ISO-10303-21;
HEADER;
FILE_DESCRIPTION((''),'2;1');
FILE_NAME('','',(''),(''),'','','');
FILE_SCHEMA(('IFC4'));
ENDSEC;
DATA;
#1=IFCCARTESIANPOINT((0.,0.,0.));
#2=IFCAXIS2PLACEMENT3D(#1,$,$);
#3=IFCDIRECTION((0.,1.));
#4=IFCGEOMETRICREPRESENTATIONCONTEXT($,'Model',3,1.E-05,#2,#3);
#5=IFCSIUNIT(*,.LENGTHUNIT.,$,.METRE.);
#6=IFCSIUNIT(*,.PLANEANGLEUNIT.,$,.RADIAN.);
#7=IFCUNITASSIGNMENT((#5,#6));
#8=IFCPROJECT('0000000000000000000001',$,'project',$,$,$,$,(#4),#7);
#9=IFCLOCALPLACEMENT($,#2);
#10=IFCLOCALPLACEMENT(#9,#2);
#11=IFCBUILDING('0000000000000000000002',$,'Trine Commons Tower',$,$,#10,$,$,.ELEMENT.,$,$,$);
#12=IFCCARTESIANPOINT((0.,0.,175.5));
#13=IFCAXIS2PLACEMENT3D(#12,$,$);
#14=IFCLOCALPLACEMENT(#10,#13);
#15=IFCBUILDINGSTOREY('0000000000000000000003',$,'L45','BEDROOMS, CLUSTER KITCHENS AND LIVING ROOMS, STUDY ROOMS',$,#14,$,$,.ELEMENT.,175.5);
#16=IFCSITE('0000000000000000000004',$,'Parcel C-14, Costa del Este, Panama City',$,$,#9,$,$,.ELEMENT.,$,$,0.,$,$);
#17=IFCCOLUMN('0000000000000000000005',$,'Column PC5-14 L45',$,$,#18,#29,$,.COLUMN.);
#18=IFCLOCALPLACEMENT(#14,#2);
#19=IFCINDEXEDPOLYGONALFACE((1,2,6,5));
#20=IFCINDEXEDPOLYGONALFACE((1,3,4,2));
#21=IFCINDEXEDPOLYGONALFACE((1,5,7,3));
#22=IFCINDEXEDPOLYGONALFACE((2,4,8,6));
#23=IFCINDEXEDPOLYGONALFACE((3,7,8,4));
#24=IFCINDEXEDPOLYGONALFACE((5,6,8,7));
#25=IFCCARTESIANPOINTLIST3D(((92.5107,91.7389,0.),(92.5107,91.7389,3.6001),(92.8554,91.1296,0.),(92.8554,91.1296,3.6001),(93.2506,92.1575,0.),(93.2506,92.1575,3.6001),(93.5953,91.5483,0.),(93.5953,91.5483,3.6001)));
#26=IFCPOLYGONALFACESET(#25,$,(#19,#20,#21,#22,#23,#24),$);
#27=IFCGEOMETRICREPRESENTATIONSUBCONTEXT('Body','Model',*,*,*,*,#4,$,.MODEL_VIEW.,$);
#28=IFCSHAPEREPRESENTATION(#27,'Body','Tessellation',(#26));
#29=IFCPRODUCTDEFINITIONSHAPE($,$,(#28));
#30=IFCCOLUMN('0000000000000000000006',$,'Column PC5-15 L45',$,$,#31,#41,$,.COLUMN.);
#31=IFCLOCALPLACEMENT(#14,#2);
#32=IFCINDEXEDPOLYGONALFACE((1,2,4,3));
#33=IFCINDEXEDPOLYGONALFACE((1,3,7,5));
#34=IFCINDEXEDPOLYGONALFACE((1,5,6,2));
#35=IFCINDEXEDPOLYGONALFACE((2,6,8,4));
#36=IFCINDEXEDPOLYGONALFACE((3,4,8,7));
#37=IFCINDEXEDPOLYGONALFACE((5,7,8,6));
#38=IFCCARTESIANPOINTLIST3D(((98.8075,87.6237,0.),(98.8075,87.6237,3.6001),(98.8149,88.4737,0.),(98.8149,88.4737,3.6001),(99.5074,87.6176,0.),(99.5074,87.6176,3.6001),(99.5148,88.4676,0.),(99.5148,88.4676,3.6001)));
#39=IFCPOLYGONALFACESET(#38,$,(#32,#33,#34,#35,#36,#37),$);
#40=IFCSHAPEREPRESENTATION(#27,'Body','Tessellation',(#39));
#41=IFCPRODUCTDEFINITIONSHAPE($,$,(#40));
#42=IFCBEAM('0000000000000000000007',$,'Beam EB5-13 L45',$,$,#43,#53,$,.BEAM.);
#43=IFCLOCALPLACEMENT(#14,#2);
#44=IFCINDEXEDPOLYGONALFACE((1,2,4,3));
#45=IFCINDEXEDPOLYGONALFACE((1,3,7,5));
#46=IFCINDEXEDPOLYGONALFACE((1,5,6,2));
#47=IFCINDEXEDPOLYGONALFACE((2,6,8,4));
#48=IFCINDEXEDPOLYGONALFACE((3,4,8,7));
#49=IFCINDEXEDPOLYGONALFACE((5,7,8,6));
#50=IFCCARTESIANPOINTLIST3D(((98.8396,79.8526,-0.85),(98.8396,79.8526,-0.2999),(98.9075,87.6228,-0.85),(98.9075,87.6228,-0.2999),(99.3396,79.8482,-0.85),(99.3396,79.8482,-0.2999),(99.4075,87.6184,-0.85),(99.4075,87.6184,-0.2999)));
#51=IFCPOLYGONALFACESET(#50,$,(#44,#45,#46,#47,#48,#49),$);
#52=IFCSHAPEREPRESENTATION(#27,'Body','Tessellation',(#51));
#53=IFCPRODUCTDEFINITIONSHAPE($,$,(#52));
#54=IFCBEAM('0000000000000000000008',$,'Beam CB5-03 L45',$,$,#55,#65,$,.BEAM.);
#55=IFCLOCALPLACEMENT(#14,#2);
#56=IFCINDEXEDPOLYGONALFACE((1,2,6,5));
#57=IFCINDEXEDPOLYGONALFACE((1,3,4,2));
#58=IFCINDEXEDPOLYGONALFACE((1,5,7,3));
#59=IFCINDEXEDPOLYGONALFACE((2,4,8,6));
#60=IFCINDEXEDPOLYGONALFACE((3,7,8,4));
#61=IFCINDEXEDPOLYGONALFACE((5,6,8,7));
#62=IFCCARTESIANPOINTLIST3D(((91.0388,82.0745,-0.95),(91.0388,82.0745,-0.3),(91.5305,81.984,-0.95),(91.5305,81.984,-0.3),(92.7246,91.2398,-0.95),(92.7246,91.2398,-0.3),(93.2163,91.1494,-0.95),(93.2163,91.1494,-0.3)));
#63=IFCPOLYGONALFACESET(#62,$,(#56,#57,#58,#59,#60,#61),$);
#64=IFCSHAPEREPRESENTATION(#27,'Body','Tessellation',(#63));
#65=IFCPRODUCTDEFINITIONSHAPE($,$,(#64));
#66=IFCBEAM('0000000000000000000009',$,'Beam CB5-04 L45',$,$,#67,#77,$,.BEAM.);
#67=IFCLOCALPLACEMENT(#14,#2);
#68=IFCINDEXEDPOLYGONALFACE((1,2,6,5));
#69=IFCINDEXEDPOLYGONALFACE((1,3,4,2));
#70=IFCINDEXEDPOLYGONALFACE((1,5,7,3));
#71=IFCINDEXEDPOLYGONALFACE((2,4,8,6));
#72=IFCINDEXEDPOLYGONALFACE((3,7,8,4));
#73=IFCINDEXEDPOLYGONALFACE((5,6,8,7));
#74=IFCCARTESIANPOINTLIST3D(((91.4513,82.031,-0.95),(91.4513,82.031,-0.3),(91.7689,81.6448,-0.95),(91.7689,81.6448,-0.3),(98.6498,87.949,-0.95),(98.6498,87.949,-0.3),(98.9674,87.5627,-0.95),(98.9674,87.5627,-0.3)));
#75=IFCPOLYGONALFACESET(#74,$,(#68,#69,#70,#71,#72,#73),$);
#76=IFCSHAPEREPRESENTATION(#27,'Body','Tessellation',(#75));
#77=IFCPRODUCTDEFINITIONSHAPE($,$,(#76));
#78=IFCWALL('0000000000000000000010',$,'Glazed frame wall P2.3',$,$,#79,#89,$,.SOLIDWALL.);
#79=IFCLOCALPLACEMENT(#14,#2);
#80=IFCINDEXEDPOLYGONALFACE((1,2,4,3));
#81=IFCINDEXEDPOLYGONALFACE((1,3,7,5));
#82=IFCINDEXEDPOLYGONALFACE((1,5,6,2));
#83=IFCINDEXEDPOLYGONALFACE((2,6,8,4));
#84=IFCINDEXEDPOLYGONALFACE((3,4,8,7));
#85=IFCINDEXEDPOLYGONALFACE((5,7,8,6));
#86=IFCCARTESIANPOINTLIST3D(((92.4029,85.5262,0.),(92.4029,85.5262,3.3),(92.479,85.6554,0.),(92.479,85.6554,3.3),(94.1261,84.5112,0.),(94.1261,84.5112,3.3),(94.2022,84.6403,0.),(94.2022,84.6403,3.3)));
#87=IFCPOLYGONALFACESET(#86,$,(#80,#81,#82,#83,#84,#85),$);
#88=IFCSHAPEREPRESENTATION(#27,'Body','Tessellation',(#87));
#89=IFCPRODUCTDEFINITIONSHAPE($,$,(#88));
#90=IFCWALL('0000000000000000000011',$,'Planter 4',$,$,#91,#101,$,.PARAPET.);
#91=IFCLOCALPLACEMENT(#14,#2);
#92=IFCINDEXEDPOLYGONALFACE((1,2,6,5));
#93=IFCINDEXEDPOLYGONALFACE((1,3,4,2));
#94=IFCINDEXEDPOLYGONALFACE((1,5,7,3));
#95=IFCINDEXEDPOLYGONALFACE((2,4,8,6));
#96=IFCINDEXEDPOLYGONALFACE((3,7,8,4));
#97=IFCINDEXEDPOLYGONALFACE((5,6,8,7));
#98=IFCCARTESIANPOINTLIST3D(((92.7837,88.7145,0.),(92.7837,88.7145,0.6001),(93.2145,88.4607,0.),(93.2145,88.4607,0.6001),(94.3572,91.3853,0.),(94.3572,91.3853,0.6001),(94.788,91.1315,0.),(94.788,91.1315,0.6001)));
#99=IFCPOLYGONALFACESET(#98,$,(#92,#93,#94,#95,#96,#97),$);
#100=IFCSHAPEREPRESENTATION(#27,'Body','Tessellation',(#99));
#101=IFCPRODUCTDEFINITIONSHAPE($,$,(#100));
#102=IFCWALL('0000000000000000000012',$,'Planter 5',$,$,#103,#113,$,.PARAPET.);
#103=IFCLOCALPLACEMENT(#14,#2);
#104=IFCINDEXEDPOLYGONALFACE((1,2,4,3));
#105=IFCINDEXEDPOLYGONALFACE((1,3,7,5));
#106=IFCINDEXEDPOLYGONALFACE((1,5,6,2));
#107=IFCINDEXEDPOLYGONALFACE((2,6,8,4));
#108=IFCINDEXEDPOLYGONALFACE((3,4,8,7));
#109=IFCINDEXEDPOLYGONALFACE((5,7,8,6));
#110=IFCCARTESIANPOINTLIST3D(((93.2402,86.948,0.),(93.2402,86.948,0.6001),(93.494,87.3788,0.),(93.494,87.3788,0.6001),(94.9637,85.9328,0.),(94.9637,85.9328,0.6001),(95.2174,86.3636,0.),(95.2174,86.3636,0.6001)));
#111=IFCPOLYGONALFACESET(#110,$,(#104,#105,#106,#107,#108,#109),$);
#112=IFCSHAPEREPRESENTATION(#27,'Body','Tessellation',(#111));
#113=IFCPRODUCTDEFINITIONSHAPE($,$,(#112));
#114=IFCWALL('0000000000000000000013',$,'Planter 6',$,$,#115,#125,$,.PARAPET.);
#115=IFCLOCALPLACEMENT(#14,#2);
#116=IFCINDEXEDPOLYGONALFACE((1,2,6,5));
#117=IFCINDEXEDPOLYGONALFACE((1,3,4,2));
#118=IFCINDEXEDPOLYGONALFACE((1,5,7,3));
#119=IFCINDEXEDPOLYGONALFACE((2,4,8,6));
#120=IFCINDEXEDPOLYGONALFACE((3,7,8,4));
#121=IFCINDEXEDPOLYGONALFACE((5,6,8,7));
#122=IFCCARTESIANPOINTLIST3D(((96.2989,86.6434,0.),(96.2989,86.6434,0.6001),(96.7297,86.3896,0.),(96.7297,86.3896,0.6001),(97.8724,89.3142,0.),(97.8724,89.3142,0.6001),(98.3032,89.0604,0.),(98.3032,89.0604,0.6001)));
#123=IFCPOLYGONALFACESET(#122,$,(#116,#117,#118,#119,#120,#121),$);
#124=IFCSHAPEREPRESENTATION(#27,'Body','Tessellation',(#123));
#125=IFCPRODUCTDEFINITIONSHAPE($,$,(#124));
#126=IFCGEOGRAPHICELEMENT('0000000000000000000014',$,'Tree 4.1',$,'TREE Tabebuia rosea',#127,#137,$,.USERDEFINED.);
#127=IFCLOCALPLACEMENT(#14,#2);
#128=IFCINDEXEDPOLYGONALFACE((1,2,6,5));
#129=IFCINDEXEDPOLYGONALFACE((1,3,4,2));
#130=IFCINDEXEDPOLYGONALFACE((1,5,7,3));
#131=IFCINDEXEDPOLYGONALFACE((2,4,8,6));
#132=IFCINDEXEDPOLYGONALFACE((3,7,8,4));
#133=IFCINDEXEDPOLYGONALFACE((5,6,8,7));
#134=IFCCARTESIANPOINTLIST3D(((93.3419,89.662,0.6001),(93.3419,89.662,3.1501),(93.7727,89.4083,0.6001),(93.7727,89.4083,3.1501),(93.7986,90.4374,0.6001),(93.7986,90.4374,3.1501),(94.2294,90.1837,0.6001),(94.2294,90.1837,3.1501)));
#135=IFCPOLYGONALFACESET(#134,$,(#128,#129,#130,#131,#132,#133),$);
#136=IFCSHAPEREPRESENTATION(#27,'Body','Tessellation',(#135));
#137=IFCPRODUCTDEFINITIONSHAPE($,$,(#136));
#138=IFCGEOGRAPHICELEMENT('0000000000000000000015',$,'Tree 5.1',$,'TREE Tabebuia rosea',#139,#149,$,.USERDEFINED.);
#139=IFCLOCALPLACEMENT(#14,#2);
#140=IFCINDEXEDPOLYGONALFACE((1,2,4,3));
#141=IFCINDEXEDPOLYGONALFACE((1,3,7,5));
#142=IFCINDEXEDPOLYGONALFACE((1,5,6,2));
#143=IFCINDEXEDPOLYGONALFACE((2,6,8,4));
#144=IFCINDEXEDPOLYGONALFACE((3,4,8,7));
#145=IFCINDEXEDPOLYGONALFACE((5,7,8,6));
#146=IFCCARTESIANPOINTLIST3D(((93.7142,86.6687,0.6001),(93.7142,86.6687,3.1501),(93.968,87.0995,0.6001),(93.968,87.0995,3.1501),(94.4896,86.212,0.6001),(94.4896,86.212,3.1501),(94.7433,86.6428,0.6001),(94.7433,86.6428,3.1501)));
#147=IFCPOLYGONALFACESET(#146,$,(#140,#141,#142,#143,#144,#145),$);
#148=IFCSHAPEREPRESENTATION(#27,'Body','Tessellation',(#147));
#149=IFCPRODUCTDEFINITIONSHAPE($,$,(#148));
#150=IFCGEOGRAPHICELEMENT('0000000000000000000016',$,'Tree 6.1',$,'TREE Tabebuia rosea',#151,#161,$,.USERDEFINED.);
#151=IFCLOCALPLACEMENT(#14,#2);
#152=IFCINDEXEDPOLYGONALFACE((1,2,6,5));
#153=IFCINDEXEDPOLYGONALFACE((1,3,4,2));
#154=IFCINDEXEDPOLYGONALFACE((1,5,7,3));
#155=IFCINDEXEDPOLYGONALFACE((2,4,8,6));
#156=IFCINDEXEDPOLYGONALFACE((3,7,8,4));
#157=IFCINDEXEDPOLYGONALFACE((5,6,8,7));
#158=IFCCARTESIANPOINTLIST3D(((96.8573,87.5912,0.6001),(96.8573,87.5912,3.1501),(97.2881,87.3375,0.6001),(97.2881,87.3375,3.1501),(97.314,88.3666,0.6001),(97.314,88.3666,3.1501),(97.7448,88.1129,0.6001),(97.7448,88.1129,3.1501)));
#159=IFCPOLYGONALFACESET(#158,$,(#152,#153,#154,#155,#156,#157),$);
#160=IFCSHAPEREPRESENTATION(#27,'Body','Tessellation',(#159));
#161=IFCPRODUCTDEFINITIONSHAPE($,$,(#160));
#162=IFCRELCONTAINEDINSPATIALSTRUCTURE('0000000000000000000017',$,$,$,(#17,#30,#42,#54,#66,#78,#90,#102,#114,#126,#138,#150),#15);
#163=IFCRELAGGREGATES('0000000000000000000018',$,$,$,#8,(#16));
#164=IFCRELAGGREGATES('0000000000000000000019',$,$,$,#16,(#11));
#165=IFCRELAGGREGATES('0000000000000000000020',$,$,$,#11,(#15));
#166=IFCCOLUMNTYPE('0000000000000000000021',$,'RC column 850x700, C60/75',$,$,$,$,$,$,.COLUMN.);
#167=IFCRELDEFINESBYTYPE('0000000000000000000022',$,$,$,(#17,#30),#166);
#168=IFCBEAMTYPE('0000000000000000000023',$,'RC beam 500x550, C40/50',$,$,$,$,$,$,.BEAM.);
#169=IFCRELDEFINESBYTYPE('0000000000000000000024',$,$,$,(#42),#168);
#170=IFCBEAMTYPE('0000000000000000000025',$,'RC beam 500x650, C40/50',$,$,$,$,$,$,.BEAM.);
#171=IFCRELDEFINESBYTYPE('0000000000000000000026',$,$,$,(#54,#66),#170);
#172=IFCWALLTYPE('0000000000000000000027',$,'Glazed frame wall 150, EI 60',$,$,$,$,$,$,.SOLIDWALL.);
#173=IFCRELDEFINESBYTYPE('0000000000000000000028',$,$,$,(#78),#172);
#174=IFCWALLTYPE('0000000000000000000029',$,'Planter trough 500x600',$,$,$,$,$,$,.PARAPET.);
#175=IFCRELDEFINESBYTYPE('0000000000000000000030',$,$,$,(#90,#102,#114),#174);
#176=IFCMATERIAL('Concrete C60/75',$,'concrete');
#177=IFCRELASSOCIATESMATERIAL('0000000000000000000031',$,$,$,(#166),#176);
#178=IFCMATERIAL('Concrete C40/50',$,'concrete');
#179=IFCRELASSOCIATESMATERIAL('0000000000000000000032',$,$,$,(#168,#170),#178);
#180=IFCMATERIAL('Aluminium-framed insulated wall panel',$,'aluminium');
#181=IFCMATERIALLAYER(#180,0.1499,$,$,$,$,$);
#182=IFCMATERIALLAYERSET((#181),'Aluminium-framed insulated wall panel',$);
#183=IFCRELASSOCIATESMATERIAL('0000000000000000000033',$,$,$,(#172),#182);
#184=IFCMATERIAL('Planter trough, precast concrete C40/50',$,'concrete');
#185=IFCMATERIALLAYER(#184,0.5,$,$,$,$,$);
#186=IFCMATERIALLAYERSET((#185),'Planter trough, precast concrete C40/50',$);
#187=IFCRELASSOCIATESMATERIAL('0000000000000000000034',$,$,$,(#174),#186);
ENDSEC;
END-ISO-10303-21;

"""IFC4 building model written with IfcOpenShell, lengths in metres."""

from ifc_helpers import new_model, si_unit, direction, frame, frame_2d, origin, origin_2d, place, context, subcontext, project, spatial, polyline, rectangle, outline, extrude, material, layer, layer_set, material_profile, profile_set, type_object, element, save


model = new_model("IFC4")

# Units and contexts
model_context = context("Model", 3, precision=1e-05, world=origin(), true_north=direction((0.0, 1.0)))
body_context = subcontext(model_context, "Body", "Model", "MODEL_VIEW")
ifc_project = project(units=[si_unit("LENGTHUNIT", "METRE"), si_unit("PLANEANGLEUNIT", "RADIAN")], contexts=[model_context])

# Site, building, storey
site_placement = place(None, origin())
site = spatial("IfcSite", under=ifc_project, at=site_placement, Name="Parcel C-14, Costa del Este, Panama City", CompositionType="ELEMENT", RefElevation=0.0)
building_placement = place(site_placement, origin())
building = spatial("IfcBuilding", under=site, at=building_placement, Name="Trine Commons Tower", CompositionType="ELEMENT")
storey_placement = place(building_placement, frame((0.0, 0.0, 175.5)))
storey = spatial("IfcBuildingStorey", under=building, at=storey_placement, Name="L45", Description="BEDROOMS, CLUSTER KITCHENS AND LIVING ROOMS, STUDY ROOMS", CompositionType="ELEMENT", Elevation=175.5)

# Columns
ifc_material_1 = material(Name="Concrete C60/75", Category="concrete")
ifc_material_profile_1 = material_profile(ifc_material_1, rectangle(XDim=0.8501, YDim=0.7, at=origin_2d()), Name="RC 850x700")
ifc_profile_set_1 = profile_set([ifc_material_profile_1], Name="Concrete C60/75")
column_type = type_object("IfcColumnType", Name="RC column 850x700, C60/75", PredefinedType="COLUMN", material=ifc_profile_set_1)
for number, where, z_axis, x_axis, name in (
    (1, (93.053, 91.6436, 0.0), (0.0, 0.0, 1.0), (0.870356, 0.492424, 0.0), "Column PC5-14 L45"),
    (2, (99.1611, 88.0457, 0.0), (0.0, 0.0, 1.0), (0.008727, 0.999962, 0.0), "Column PC5-15 L45"),
):
    element("IfcColumn", number, at=place(storey_placement, frame(where, z_axis=z_axis, x_axis=x_axis)), inside=storey, type_object=column_type, Name=name, PredefinedType="COLUMN", context=body_context, shape_type="SweptSolid", body=[
        extrude(rectangle(XDim=0.8501, YDim=0.7, at=origin_2d()), origin(), (0.0, 0.0, 1.0), 3.6001),
    ])

# Beams
ifc_material_2 = material(Name="Concrete C40/50", Category="concrete")
ifc_material_profile_2 = material_profile(ifc_material_2, rectangle(XDim=0.5, YDim=0.55, at=origin_2d()), Name="RC 500x550")
ifc_profile_set_2 = profile_set([ifc_material_profile_2], Name="Concrete C40/50")
beam_type_1 = type_object("IfcBeamType", Name="RC beam 500x550, C40/50", PredefinedType="BEAM", material=ifc_profile_set_2)
beam_1_placement = place(storey_placement, frame((99.1575, 87.6206, -0.575), z_axis=(-0.008734, -0.999962, 0.0), x_axis=(0.999962, -0.008734, 0.0)))
element("IfcBeam", 3, at=beam_1_placement, inside=storey, type_object=beam_type_1, Name="Beam EB5-13 L45", PredefinedType="BEAM", context=body_context, shape_type="SweptSolid", body=[
    extrude(rectangle(XDim=0.5, YDim=0.55, at=origin_2d()), origin(), (0.0, 0.0, 1.0), 7.7705),
])
ifc_material_profile_3 = material_profile(ifc_material_2, rectangle(XDim=0.5, YDim=0.6499, at=origin_2d()), Name="RC 500x650")
ifc_profile_set_3 = profile_set([ifc_material_profile_3], Name="Concrete C40/50")
beam_type_2 = type_object("IfcBeamType", Name="RC beam 500x650, C40/50", PredefinedType="BEAM", material=ifc_profile_set_3)
beam_2_placement = place(storey_placement, frame((92.9705, 91.1946, -0.625), z_axis=(-0.180898, -0.983502, 0.0), x_axis=(0.983502, -0.180898, 0.0)))
element("IfcBeam", 4, at=beam_2_placement, inside=storey, type_object=beam_type_2, Name="Beam CB5-03 L45", PredefinedType="BEAM", context=body_context, shape_type="SweptSolid", body=[
    extrude(rectangle(XDim=0.5, YDim=0.6499, at=origin_2d()), origin(), (0.0, 0.0, 1.0), 9.3191),
])
beam_3_placement = place(storey_placement, frame((98.8086, 87.7559, -0.625), z_axis=(-0.772467, -0.635055, 0.0), x_axis=(0.635055, -0.772467, 0.0)))
element("IfcBeam", 5, at=beam_3_placement, inside=storey, type_object=beam_type_2, Name="Beam CB5-04 L45", PredefinedType="BEAM", context=body_context, shape_type="SweptSolid", body=[
    extrude(rectangle(XDim=0.5, YDim=0.6499, at=origin_2d()), origin(), (0.0, 0.0, 1.0), 9.3188),
])

# Walls
ifc_material_3 = material(Name="Aluminium-framed insulated wall panel", Category="aluminium")
ifc_layer_1 = layer(ifc_material_3, 0.1499)
ifc_layer_set_1 = layer_set([ifc_layer_1], Name="Aluminium-framed insulated wall panel")
wall_type_1 = type_object("IfcWallType", Name="Glazed frame wall 150, EI 60", PredefinedType="SOLIDWALL", material=ifc_layer_set_1)
wall_1_placement = place(storey_placement, frame((92.4409, 85.5908, 0.0), z_axis=(0.0, 0.0, 1.0), x_axis=(0.861633, -0.507532, 0.0)))
element("IfcWall", 6, at=wall_1_placement, inside=storey, type_object=wall_type_1, Name="Glazed frame wall P2.3", PredefinedType="SOLIDWALL", context=body_context, shape_type="SweptSolid", body=[
    extrude(outline(polyline([(0.0, -0.075), (2.0, -0.075), (2.0, 0.075), (0.0, 0.075), (0.0, -0.075)])), origin(), (0.0, 0.0, 1.0), 3.3),
])
ifc_material_4 = material(Name="Planter trough, precast concrete C40/50", Category="concrete")
ifc_layer_2 = layer(ifc_material_4, 0.5)
ifc_layer_set_2 = layer_set([ifc_layer_2], Name="Planter trough, precast concrete C40/50")
wall_type_2 = type_object("IfcWallType", Name="Planter trough 500x600", PredefinedType="PARAPET", material=ifc_layer_set_2)
wall_2_placement = place(storey_placement, frame((94.5725, 91.2583, 0.0), z_axis=(0.0, 0.0, 1.0), x_axis=(-0.507588, -0.8616, 0.0)))
element("IfcWall", 7, at=wall_2_placement, inside=storey, type_object=wall_type_2, Name="Planter 4", PredefinedType="PARAPET", context=body_context, shape_type="SweptSolid", body=[
    extrude(rectangle(XDim=3.0999, YDim=0.5, at=frame_2d((1.5498, 0.0))), origin(), (0.0, 0.0, 1.0), 0.6001),
])
wall_3_placement = place(storey_placement, frame((93.3672, 87.1633, 0.0), z_axis=(0.0, 0.0, 1.0), x_axis=(0.861633, -0.507532, 0.0)))
element("IfcWall", 8, at=wall_3_placement, inside=storey, type_object=wall_type_2, Name="Planter 5", PredefinedType="PARAPET", context=body_context, shape_type="SweptSolid", body=[
    extrude(rectangle(XDim=2.0002, YDim=0.5, at=frame_2d((1.0, 0.0))), origin(), (0.0, 0.0, 1.0), 0.6001),
])
wall_4_placement = place(storey_placement, frame((96.5144, 86.5166, 0.0), z_axis=(0.0, 0.0, 1.0), x_axis=(0.507588, 0.8616, 0.0)))
element("IfcWall", 9, at=wall_4_placement, inside=storey, type_object=wall_type_2, Name="Planter 6", PredefinedType="PARAPET", context=body_context, shape_type="SweptSolid", body=[
    extrude(rectangle(XDim=3.0999, YDim=0.5, at=frame_2d((1.5498, 0.0))), origin(), (0.0, 0.0, 1.0), 0.6001),
])

# Geographic elements
for number, where, z_axis, x_axis, name in (
    (10, (93.7856, 89.9229, 0.6001), (0.0, 0.0, 1.0), (-0.50754, -0.861628, 0.0), "Tree 4.1"),
    (11, (94.2288, 86.6558, 0.6001), (0.0, 0.0, 1.0), (0.861628, -0.50754, 0.0), "Tree 5.1"),
    (12, (97.301, 87.8521, 0.6001), (0.0, 0.0, 1.0), (0.50754, 0.861628, 0.0), "Tree 6.1"),
):
    element("IfcGeographicElement", number, at=place(storey_placement, frame(where, z_axis=z_axis, x_axis=x_axis)), inside=storey, Name=name, ObjectType="TREE Tabebuia rosea", PredefinedType="USERDEFINED", context=body_context, shape_type="SweptSolid", body=[
        extrude(rectangle(XDim=0.8999, YDim=0.5, at=origin_2d()), origin(), (0.0, 0.0, 1.0), 2.55),
    ])

save(model, "model.ifc")
